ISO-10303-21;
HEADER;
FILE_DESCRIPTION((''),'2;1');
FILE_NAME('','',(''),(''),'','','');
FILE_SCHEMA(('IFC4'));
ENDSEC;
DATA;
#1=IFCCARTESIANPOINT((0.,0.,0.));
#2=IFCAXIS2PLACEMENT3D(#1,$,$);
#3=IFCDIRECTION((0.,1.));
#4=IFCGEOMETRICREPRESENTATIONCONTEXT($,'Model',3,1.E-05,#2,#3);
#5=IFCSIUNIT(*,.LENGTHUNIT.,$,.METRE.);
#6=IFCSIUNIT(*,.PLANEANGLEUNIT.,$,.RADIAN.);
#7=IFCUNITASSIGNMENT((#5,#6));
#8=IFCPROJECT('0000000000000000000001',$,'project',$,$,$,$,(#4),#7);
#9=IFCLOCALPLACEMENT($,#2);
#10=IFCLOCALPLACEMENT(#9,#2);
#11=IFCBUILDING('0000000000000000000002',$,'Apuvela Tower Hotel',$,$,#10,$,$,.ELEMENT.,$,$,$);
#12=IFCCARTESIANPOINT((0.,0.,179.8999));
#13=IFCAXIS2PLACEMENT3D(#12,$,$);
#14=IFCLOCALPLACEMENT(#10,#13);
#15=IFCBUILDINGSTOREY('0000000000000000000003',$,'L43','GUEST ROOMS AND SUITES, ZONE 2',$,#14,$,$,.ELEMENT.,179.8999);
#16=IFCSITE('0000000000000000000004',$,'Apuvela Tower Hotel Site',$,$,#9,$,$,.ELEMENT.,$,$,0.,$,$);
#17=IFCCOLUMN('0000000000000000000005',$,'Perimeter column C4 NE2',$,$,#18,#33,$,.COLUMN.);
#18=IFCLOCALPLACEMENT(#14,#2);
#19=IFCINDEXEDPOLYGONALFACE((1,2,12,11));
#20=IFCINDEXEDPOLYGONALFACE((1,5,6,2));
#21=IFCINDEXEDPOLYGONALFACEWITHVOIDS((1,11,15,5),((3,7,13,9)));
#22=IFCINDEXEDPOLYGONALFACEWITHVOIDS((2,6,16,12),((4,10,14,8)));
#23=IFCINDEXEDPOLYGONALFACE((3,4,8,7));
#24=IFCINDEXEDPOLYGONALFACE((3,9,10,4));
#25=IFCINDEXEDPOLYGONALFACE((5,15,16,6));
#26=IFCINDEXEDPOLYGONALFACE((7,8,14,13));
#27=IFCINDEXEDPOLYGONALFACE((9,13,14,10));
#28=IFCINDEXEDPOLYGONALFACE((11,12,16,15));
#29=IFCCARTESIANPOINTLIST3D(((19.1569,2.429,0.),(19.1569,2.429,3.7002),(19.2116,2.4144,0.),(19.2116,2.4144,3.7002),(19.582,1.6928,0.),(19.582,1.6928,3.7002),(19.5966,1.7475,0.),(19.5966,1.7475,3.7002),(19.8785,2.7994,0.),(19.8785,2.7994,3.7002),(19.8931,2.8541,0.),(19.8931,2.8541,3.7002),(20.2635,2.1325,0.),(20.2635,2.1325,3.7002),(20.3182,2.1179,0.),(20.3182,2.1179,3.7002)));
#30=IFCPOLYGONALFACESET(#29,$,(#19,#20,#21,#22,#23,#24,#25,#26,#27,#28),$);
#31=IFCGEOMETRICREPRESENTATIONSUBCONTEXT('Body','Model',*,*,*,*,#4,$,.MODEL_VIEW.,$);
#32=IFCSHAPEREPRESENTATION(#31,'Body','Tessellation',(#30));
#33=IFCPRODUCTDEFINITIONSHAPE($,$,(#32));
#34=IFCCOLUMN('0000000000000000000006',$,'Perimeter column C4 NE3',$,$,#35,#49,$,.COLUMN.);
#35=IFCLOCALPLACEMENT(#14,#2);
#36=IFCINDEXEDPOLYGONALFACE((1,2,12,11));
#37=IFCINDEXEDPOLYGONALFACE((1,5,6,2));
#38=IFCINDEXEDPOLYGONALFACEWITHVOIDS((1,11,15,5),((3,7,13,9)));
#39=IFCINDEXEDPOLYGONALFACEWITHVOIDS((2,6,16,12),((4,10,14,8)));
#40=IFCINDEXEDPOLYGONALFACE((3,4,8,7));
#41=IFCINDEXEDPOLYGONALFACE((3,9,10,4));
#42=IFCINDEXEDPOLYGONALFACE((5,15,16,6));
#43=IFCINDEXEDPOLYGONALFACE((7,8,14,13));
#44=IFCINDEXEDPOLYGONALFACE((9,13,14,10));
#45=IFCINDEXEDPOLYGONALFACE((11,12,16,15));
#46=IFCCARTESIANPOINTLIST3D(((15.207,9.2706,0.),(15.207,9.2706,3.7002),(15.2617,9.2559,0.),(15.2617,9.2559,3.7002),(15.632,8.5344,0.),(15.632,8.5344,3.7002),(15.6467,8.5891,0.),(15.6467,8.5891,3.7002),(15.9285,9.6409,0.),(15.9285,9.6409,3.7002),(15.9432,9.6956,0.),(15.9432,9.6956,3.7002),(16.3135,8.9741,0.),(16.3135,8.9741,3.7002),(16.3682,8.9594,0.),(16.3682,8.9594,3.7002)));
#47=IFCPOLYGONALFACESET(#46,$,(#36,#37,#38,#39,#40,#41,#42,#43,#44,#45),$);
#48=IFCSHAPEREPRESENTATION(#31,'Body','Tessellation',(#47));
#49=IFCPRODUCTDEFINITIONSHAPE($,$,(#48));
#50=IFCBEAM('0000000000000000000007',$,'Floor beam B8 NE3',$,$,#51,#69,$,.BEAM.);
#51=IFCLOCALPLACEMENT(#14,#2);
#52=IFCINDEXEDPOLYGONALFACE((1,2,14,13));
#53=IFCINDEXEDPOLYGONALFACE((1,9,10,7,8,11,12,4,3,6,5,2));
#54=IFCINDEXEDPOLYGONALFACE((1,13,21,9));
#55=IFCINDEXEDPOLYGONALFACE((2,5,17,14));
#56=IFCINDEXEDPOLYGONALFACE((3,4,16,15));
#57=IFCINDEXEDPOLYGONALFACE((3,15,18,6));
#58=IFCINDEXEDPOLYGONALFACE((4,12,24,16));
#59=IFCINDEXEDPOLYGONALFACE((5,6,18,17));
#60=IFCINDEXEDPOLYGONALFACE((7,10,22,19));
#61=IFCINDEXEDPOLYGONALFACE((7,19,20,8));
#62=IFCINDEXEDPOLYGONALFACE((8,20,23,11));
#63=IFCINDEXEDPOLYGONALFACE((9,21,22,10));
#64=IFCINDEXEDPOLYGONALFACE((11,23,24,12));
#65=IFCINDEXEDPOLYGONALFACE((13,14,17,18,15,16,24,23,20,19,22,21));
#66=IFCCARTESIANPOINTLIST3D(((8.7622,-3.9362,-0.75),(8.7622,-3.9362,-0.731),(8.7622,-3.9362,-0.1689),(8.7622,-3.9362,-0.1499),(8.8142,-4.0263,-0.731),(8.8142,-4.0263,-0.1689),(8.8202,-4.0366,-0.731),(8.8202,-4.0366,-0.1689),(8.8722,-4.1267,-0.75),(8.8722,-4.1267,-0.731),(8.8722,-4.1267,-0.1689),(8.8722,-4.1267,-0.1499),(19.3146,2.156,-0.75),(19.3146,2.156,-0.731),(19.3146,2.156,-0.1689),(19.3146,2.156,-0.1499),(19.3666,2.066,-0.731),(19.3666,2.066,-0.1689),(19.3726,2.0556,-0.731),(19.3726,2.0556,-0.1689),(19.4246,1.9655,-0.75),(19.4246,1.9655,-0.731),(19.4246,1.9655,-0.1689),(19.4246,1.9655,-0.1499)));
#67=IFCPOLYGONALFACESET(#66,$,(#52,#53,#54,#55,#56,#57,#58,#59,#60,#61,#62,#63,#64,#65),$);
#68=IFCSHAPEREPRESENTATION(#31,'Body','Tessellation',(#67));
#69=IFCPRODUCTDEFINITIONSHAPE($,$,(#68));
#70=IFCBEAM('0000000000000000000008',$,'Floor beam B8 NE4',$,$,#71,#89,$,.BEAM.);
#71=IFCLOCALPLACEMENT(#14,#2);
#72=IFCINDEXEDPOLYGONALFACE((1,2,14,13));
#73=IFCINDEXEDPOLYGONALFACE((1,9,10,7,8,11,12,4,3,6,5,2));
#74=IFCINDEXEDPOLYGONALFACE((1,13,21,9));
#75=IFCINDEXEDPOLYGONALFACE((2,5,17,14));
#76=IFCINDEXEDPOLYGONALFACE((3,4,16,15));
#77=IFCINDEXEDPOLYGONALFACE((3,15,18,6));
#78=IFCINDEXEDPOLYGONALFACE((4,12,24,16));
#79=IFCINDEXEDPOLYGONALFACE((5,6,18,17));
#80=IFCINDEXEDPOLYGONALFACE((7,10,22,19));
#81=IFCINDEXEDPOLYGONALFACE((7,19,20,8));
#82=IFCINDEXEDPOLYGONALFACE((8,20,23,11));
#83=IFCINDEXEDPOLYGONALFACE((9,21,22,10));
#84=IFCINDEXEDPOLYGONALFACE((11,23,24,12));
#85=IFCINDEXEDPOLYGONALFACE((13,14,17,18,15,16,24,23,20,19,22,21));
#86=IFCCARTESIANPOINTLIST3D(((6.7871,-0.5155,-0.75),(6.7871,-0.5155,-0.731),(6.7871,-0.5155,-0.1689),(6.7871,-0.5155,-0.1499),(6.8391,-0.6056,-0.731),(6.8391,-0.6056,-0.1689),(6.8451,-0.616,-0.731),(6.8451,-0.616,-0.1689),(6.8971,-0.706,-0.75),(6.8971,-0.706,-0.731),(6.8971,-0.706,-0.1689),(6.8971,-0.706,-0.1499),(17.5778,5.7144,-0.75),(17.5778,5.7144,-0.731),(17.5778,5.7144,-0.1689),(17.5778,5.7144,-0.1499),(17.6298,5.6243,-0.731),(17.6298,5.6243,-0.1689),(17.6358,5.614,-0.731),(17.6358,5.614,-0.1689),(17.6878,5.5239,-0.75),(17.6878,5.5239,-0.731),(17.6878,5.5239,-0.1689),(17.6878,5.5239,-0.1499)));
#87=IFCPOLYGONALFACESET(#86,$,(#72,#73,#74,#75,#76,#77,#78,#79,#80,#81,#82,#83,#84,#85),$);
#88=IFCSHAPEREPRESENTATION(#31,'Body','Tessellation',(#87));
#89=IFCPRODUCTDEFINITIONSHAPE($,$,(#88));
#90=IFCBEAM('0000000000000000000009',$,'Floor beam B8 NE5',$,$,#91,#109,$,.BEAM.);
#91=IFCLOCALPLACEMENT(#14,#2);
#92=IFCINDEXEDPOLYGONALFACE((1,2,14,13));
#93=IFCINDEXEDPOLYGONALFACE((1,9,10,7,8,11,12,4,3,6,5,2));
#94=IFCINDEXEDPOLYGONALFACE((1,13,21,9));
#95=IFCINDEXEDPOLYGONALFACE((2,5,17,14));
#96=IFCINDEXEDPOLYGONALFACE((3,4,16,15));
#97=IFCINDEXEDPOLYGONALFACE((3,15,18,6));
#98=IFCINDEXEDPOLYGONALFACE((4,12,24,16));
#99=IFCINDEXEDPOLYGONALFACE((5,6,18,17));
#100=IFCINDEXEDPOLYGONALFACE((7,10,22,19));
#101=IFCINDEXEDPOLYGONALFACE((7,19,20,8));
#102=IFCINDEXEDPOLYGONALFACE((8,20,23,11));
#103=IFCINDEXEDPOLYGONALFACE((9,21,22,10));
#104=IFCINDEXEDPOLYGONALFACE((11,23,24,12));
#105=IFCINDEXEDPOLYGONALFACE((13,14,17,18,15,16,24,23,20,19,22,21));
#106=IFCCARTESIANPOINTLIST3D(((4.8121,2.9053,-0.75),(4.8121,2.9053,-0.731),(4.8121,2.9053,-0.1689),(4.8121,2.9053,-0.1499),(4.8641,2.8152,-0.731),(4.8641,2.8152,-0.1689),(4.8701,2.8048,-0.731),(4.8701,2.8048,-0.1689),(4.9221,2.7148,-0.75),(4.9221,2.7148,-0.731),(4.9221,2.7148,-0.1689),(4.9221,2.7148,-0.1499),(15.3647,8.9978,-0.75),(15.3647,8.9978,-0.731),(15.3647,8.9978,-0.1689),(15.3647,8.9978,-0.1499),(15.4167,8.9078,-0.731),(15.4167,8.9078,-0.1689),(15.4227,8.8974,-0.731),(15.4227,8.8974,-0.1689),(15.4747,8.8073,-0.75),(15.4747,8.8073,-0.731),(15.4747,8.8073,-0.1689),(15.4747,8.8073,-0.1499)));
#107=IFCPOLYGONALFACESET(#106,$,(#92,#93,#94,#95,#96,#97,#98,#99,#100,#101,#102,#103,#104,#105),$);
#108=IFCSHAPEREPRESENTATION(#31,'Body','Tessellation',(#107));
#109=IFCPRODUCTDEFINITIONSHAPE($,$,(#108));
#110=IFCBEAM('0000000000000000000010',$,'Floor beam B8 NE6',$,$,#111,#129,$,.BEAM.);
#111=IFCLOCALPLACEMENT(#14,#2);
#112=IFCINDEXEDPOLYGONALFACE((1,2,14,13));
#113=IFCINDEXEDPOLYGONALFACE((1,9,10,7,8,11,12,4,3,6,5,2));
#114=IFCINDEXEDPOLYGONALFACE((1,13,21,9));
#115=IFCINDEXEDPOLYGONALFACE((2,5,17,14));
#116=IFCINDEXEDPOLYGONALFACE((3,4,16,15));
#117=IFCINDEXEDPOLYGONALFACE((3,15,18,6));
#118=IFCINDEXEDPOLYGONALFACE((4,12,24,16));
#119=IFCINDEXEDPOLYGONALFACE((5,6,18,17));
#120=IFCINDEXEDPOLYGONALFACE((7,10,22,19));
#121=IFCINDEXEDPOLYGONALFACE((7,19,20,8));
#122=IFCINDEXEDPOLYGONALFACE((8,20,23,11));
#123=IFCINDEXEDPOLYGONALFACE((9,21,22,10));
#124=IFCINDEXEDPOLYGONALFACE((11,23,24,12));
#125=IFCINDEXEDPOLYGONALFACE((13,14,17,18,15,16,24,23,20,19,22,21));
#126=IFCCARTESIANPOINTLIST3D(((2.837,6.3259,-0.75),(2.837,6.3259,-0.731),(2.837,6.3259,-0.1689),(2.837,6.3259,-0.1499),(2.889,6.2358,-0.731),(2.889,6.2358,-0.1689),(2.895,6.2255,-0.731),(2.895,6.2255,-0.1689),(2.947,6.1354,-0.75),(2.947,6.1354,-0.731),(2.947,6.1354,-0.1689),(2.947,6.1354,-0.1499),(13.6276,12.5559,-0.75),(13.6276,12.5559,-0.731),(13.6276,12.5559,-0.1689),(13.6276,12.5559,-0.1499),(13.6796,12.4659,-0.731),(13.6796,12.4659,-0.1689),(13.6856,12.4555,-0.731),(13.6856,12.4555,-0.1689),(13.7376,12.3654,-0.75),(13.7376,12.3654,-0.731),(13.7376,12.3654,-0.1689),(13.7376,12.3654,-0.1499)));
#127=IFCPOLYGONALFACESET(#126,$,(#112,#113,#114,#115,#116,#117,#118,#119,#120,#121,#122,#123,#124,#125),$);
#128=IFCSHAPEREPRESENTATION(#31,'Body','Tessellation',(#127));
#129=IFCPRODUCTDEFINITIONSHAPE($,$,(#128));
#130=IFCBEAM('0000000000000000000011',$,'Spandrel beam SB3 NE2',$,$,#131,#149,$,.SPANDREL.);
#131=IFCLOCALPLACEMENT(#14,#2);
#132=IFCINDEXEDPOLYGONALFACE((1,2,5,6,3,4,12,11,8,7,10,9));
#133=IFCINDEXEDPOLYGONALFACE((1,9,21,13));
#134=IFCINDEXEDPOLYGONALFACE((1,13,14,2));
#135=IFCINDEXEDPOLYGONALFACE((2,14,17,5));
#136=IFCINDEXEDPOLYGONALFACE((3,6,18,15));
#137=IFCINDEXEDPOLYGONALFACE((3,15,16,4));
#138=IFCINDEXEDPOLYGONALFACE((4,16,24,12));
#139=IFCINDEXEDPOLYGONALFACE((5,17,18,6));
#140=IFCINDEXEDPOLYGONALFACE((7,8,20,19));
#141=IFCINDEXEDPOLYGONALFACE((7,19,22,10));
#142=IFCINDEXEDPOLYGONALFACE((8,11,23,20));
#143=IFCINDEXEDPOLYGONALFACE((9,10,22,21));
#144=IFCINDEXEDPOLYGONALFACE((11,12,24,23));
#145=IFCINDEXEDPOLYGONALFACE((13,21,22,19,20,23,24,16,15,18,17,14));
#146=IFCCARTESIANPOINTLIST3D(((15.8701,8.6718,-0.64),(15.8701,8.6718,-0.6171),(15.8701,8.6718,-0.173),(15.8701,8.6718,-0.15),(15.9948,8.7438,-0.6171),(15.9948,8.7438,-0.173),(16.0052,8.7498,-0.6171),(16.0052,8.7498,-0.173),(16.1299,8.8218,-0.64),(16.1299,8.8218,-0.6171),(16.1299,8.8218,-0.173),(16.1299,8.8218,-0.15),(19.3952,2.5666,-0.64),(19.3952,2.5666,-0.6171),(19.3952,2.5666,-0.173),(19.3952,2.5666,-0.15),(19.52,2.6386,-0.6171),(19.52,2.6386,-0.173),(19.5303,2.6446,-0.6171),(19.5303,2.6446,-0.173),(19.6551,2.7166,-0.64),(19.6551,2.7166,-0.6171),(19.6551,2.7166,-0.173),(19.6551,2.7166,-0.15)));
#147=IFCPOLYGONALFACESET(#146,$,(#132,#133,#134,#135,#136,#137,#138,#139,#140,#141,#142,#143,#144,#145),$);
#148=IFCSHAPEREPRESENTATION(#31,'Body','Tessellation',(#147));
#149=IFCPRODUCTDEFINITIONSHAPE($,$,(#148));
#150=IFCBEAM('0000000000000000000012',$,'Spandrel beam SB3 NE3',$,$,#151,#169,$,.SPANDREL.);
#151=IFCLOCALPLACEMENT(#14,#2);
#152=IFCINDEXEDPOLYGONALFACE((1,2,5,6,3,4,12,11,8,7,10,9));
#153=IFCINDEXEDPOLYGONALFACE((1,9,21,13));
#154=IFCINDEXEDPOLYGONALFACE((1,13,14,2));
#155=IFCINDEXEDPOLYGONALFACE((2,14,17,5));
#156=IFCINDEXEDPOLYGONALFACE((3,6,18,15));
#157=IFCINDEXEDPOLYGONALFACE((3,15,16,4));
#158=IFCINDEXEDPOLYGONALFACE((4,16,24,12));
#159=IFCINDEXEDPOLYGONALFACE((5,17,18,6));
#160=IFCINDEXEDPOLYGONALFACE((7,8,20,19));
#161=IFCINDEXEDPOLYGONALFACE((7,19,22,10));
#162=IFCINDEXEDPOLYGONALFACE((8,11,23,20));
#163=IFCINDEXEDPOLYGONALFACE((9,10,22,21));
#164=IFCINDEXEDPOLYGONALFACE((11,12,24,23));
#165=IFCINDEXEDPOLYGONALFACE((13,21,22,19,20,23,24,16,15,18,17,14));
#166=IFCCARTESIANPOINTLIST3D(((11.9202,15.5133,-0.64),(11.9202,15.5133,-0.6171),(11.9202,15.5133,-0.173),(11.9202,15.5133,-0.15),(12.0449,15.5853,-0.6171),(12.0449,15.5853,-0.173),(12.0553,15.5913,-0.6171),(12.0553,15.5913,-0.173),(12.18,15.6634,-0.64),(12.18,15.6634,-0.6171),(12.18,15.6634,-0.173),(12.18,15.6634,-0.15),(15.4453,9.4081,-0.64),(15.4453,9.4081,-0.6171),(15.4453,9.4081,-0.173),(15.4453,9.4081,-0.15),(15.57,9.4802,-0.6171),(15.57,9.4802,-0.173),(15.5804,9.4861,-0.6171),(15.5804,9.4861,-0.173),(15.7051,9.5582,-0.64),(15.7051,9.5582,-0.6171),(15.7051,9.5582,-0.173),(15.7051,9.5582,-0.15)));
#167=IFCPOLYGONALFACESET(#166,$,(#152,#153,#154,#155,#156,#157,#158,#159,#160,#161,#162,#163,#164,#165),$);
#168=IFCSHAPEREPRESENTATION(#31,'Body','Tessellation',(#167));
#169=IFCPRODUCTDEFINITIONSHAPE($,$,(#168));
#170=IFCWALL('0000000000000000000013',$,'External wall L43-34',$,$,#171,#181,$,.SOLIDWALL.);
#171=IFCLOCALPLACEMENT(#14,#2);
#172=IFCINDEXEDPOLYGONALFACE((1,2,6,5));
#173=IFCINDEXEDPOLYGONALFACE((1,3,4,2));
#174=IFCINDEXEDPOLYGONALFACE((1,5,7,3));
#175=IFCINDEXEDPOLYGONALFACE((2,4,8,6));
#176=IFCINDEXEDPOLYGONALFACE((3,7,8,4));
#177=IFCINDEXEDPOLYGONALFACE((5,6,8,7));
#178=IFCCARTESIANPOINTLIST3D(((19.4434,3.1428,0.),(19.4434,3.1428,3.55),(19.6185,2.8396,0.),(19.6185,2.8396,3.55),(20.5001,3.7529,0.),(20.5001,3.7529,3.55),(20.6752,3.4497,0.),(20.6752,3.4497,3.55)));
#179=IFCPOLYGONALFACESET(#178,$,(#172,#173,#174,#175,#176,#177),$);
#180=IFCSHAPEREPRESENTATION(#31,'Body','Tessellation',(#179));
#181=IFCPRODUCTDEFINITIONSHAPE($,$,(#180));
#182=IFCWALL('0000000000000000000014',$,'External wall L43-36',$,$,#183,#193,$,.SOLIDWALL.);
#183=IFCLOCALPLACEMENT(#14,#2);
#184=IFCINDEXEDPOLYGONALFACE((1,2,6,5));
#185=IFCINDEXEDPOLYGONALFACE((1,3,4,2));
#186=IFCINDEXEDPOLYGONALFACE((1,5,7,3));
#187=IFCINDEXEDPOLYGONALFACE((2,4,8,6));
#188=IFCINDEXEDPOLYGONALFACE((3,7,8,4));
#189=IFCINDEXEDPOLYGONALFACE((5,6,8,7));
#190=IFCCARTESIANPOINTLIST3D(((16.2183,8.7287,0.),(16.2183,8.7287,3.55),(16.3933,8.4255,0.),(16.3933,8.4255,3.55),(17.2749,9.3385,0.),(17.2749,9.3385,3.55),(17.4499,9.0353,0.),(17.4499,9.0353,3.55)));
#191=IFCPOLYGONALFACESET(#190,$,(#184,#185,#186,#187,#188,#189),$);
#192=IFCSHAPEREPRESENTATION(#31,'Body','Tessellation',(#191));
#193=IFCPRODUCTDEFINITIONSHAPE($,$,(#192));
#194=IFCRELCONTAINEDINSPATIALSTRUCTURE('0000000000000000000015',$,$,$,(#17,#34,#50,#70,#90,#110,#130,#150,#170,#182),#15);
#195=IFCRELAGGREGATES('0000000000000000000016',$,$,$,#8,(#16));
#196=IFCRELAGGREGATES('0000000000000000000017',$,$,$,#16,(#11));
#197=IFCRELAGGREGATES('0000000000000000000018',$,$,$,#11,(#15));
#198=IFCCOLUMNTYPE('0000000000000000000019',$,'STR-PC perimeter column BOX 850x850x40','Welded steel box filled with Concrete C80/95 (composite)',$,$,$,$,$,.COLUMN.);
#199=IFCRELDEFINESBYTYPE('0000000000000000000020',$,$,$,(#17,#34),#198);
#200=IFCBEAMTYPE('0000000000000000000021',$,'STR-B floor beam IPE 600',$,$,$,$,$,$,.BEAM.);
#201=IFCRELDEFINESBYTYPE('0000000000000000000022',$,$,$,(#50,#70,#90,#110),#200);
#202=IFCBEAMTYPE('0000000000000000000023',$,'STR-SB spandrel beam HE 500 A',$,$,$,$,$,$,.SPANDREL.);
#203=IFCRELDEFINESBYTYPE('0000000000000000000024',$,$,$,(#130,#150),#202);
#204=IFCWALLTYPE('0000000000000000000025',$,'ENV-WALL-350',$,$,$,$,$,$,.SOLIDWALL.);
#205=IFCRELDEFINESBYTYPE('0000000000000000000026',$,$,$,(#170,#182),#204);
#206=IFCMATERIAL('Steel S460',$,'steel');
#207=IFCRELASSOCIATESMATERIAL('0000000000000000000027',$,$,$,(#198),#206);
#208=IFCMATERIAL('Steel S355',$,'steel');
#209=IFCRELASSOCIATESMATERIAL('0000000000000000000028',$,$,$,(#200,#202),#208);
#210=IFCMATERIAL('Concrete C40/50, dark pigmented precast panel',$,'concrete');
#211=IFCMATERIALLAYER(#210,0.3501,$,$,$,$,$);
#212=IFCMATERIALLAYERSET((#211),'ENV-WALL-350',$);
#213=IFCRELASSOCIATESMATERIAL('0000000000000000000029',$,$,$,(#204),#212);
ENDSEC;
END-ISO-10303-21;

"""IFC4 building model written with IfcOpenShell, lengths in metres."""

from ifc_helpers import new_model, si_unit, direction, frame, frame_2d, origin, origin_2d, place, context, subcontext, project, spatial, rectangle, hollow_rectangle, i_section, extrude, material, layer, layer_set, material_profile, profile_set, type_object, element, save


model = new_model("IFC4")

# Units and contexts
model_context = context("Model", 3, precision=1e-05, world=origin(), true_north=direction((0.0, 1.0)))
body_context = subcontext(model_context, "Body", "Model", "MODEL_VIEW")
ifc_project = project(units=[si_unit("LENGTHUNIT", "METRE"), si_unit("PLANEANGLEUNIT", "RADIAN")], contexts=[model_context])

# Site, building, storey
site_placement = place(None, origin())
site = spatial("IfcSite", under=ifc_project, at=site_placement, Name="Apuvela Tower Hotel Site", CompositionType="ELEMENT", RefElevation=0.0)
building_placement = place(site_placement, origin())
building = spatial("IfcBuilding", under=site, at=building_placement, Name="Apuvela Tower Hotel", CompositionType="ELEMENT")
storey_placement = place(building_placement, frame((0.0, 0.0, 179.8999)))
storey = spatial("IfcBuildingStorey", under=building, at=storey_placement, Name="L43", Description="GUEST ROOMS AND SUITES, ZONE 2", CompositionType="ELEMENT", Elevation=179.8999)

# Columns
ifc_material_1 = material(Name="Steel S460", Category="steel")
ifc_material_profile_1 = material_profile(ifc_material_1, hollow_rectangle(XDim=0.8501, YDim=0.8501, WallThickness=0.04, at=origin_2d()), Name="BOX 850x850x40")
ifc_material_2 = material(Name="Concrete C80/95", Category="concrete")
ifc_material_profile_2 = material_profile(ifc_material_2, rectangle(XDim=0.77, YDim=0.77, at=origin_2d()), Name="Concrete C80/95 infill")
ifc_profile_set_1 = profile_set([ifc_material_profile_1, ifc_material_profile_2], Name="Steel S460")
column_type = type_object("IfcColumnType", Name="STR-PC perimeter column BOX 850x850x40", Description="Welded steel box filled with Concrete C80/95 (composite)", PredefinedType="COLUMN", material=ifc_profile_set_1)
for number, where, z_axis, x_axis, name in (
    (1, (19.7375, 2.2734, 0.0), (0.0, 0.0, 1.0), (-0.5, 0.866025, 0.0), "Perimeter column C4 NE2"),
    (2, (15.7876, 9.115, 0.0), (0.0, 0.0, 1.0), (-0.5, 0.866025, 0.0), "Perimeter column C4 NE3"),
):
    element("IfcColumn", number, at=place(storey_placement, frame(where, z_axis=z_axis, x_axis=x_axis)), inside=storey, type_object=column_type, Name=name, PredefinedType="COLUMN", context=body_context, shape_type="SweptSolid", body=[
        extrude(hollow_rectangle(XDim=0.8501, YDim=0.8501, WallThickness=0.04, at=origin_2d()), origin(), (0.0, 0.0, 1.0), 3.7002),
    ])

# Beams
ifc_material_3 = material(Name="Steel S355", Category="steel")
ifc_material_profile_3 = material_profile(ifc_material_3, i_section(OverallWidth=0.22, OverallDepth=0.6001, WebThickness=0.012, FlangeThickness=0.019, at=origin_2d()), Name="IPE 600")
ifc_profile_set_2 = profile_set([ifc_material_profile_3], Name="Steel S355")
beam_type_1 = type_object("IfcBeamType", Name="STR-B floor beam IPE 600", PredefinedType="BEAM", material=ifc_profile_set_2)
beam_1_placement = place(storey_placement, frame((19.3696, 2.0608, -0.45), z_axis=(-0.866032, -0.499988, 0.0), x_axis=(0.499988, -0.866032, 0.0)))
element("IfcBeam", 3, at=beam_1_placement, inside=storey, type_object=beam_type_1, Name="Floor beam B8 NE3", PredefinedType="BEAM", context=body_context, shape_type="SweptSolid", body=[
    extrude(i_section(OverallWidth=0.22, OverallDepth=0.6001, WebThickness=0.012, FlangeThickness=0.019, at=origin_2d()), origin(), (0.0, 0.0, 1.0), 12.1848),
])
beam_2_placement = place(storey_placement, frame((17.6328, 5.6191, -0.45), z_axis=(-0.866028, -0.499996, 0.0), x_axis=(0.499996, -0.866028, 0.0)))
element("IfcBeam", 4, at=beam_2_placement, inside=storey, type_object=beam_type_1, Name="Floor beam B8 NE4", PredefinedType="BEAM", context=body_context, shape_type="SweptSolid", body=[
    extrude(i_section(OverallWidth=0.22, OverallDepth=0.6001, WebThickness=0.012, FlangeThickness=0.019, at=origin_2d()), origin(), (0.0, 0.0, 1.0), 12.46),
])
beam_3_placement = place(storey_placement, frame((15.4197, 8.9026, -0.45), z_axis=(-0.866024, -0.500003, 0.0), x_axis=(0.500003, -0.866024, 0.0)))
element("IfcBeam", 5, at=beam_3_placement, inside=storey, type_object=beam_type_1, Name="Floor beam B8 NE5", PredefinedType="BEAM", context=body_context, shape_type="SweptSolid", body=[
    extrude(i_section(OverallWidth=0.22, OverallDepth=0.6001, WebThickness=0.012, FlangeThickness=0.019, at=origin_2d()), origin(), (0.0, 0.0, 1.0), 12.1851),
])
beam_4_placement = place(storey_placement, frame((13.6826, 12.4607, -0.45), z_axis=(-0.866023, -0.500004, 0.0), x_axis=(0.500004, -0.866023, 0.0)))
element("IfcBeam", 6, at=beam_4_placement, inside=storey, type_object=beam_type_1, Name="Floor beam B8 NE6", PredefinedType="BEAM", context=body_context, shape_type="SweptSolid", body=[
    extrude(i_section(OverallWidth=0.22, OverallDepth=0.6001, WebThickness=0.012, FlangeThickness=0.019, at=origin_2d()), origin(), (0.0, 0.0, 1.0), 12.46),
])
ifc_material_profile_4 = material_profile(ifc_material_3, i_section(OverallWidth=0.3, OverallDepth=0.49, WebThickness=0.012, FlangeThickness=0.0229, at=origin_2d()), Name="HE 500 A")
ifc_profile_set_3 = profile_set([ifc_material_profile_4], Name="Steel S355")
beam_type_2 = type_object("IfcBeamType", Name="STR-SB spandrel beam HE 500 A", PredefinedType="SPANDREL", material=ifc_profile_set_3)
for number, where, z_axis, x_axis, name in (
    (7, (19.5251, 2.6416, -0.395), (-0.500031, 0.866007, 0.0), (-0.866007, -0.500031, 0.0), "Spandrel beam SB3 NE2"),
    (8, (15.5752, 9.4832, -0.395), (-0.500031, 0.866007, 0.0), (-0.866007, -0.500031, 0.0), "Spandrel beam SB3 NE3"),
):
    element("IfcBeam", number, at=place(storey_placement, frame(where, z_axis=z_axis, x_axis=x_axis)), inside=storey, type_object=beam_type_2, Name=name, PredefinedType="SPANDREL", context=body_context, shape_type="SweptSolid", body=[
        extrude(i_section(OverallWidth=0.3, OverallDepth=0.49, WebThickness=0.012, FlangeThickness=0.0229, at=origin_2d()), origin(), (0.0, 0.0, 1.0), 7.0498),
    ])

# Wall
ifc_material_4 = material(Name="Concrete C40/50, dark pigmented precast panel", Category="concrete")
ifc_layer_1 = layer(ifc_material_4, 0.3501)
ifc_layer_set_1 = layer_set([ifc_layer_1], Name="ENV-WALL-350")
wall_type_1 = type_object("IfcWallType", Name="ENV-WALL-350", PredefinedType="SOLIDWALL", material=ifc_layer_set_1)
wall_1_placement = place(storey_placement, frame((20.5876, 3.6013, 0.0), z_axis=(0.0, 0.0, 1.0), x_axis=(-0.866006, -0.500034, 0.0)))
element("IfcWall", 9, at=wall_1_placement, inside=storey, type_object=wall_type_1, Name="External wall L43-34", PredefinedType="SOLIDWALL", context=body_context, shape_type="SweptSolid", body=[
    extrude(rectangle(XDim=1.2202, YDim=0.3501, at=frame_2d((0.6101, 0.0))), origin(), (0.0, 0.0, 1.0), 3.55),
])

# Wall
wall_2_placement = place(storey_placement, frame((16.3059, 8.5771, 0.0), z_axis=(0.0, 0.0, 1.0), x_axis=(0.866092, 0.499884, 0.0)))
element("IfcWall", 10, at=wall_2_placement, inside=storey, type_object=wall_type_1, Name="External wall L43-36", PredefinedType="SOLIDWALL", context=body_context, shape_type="SweptSolid", body=[
    extrude(rectangle(XDim=1.22, YDim=0.3501, at=frame_2d((0.6099, 0.0))), origin(), (0.0, 0.0, 1.0), 3.55),
])

save(model, "model.ifc")
